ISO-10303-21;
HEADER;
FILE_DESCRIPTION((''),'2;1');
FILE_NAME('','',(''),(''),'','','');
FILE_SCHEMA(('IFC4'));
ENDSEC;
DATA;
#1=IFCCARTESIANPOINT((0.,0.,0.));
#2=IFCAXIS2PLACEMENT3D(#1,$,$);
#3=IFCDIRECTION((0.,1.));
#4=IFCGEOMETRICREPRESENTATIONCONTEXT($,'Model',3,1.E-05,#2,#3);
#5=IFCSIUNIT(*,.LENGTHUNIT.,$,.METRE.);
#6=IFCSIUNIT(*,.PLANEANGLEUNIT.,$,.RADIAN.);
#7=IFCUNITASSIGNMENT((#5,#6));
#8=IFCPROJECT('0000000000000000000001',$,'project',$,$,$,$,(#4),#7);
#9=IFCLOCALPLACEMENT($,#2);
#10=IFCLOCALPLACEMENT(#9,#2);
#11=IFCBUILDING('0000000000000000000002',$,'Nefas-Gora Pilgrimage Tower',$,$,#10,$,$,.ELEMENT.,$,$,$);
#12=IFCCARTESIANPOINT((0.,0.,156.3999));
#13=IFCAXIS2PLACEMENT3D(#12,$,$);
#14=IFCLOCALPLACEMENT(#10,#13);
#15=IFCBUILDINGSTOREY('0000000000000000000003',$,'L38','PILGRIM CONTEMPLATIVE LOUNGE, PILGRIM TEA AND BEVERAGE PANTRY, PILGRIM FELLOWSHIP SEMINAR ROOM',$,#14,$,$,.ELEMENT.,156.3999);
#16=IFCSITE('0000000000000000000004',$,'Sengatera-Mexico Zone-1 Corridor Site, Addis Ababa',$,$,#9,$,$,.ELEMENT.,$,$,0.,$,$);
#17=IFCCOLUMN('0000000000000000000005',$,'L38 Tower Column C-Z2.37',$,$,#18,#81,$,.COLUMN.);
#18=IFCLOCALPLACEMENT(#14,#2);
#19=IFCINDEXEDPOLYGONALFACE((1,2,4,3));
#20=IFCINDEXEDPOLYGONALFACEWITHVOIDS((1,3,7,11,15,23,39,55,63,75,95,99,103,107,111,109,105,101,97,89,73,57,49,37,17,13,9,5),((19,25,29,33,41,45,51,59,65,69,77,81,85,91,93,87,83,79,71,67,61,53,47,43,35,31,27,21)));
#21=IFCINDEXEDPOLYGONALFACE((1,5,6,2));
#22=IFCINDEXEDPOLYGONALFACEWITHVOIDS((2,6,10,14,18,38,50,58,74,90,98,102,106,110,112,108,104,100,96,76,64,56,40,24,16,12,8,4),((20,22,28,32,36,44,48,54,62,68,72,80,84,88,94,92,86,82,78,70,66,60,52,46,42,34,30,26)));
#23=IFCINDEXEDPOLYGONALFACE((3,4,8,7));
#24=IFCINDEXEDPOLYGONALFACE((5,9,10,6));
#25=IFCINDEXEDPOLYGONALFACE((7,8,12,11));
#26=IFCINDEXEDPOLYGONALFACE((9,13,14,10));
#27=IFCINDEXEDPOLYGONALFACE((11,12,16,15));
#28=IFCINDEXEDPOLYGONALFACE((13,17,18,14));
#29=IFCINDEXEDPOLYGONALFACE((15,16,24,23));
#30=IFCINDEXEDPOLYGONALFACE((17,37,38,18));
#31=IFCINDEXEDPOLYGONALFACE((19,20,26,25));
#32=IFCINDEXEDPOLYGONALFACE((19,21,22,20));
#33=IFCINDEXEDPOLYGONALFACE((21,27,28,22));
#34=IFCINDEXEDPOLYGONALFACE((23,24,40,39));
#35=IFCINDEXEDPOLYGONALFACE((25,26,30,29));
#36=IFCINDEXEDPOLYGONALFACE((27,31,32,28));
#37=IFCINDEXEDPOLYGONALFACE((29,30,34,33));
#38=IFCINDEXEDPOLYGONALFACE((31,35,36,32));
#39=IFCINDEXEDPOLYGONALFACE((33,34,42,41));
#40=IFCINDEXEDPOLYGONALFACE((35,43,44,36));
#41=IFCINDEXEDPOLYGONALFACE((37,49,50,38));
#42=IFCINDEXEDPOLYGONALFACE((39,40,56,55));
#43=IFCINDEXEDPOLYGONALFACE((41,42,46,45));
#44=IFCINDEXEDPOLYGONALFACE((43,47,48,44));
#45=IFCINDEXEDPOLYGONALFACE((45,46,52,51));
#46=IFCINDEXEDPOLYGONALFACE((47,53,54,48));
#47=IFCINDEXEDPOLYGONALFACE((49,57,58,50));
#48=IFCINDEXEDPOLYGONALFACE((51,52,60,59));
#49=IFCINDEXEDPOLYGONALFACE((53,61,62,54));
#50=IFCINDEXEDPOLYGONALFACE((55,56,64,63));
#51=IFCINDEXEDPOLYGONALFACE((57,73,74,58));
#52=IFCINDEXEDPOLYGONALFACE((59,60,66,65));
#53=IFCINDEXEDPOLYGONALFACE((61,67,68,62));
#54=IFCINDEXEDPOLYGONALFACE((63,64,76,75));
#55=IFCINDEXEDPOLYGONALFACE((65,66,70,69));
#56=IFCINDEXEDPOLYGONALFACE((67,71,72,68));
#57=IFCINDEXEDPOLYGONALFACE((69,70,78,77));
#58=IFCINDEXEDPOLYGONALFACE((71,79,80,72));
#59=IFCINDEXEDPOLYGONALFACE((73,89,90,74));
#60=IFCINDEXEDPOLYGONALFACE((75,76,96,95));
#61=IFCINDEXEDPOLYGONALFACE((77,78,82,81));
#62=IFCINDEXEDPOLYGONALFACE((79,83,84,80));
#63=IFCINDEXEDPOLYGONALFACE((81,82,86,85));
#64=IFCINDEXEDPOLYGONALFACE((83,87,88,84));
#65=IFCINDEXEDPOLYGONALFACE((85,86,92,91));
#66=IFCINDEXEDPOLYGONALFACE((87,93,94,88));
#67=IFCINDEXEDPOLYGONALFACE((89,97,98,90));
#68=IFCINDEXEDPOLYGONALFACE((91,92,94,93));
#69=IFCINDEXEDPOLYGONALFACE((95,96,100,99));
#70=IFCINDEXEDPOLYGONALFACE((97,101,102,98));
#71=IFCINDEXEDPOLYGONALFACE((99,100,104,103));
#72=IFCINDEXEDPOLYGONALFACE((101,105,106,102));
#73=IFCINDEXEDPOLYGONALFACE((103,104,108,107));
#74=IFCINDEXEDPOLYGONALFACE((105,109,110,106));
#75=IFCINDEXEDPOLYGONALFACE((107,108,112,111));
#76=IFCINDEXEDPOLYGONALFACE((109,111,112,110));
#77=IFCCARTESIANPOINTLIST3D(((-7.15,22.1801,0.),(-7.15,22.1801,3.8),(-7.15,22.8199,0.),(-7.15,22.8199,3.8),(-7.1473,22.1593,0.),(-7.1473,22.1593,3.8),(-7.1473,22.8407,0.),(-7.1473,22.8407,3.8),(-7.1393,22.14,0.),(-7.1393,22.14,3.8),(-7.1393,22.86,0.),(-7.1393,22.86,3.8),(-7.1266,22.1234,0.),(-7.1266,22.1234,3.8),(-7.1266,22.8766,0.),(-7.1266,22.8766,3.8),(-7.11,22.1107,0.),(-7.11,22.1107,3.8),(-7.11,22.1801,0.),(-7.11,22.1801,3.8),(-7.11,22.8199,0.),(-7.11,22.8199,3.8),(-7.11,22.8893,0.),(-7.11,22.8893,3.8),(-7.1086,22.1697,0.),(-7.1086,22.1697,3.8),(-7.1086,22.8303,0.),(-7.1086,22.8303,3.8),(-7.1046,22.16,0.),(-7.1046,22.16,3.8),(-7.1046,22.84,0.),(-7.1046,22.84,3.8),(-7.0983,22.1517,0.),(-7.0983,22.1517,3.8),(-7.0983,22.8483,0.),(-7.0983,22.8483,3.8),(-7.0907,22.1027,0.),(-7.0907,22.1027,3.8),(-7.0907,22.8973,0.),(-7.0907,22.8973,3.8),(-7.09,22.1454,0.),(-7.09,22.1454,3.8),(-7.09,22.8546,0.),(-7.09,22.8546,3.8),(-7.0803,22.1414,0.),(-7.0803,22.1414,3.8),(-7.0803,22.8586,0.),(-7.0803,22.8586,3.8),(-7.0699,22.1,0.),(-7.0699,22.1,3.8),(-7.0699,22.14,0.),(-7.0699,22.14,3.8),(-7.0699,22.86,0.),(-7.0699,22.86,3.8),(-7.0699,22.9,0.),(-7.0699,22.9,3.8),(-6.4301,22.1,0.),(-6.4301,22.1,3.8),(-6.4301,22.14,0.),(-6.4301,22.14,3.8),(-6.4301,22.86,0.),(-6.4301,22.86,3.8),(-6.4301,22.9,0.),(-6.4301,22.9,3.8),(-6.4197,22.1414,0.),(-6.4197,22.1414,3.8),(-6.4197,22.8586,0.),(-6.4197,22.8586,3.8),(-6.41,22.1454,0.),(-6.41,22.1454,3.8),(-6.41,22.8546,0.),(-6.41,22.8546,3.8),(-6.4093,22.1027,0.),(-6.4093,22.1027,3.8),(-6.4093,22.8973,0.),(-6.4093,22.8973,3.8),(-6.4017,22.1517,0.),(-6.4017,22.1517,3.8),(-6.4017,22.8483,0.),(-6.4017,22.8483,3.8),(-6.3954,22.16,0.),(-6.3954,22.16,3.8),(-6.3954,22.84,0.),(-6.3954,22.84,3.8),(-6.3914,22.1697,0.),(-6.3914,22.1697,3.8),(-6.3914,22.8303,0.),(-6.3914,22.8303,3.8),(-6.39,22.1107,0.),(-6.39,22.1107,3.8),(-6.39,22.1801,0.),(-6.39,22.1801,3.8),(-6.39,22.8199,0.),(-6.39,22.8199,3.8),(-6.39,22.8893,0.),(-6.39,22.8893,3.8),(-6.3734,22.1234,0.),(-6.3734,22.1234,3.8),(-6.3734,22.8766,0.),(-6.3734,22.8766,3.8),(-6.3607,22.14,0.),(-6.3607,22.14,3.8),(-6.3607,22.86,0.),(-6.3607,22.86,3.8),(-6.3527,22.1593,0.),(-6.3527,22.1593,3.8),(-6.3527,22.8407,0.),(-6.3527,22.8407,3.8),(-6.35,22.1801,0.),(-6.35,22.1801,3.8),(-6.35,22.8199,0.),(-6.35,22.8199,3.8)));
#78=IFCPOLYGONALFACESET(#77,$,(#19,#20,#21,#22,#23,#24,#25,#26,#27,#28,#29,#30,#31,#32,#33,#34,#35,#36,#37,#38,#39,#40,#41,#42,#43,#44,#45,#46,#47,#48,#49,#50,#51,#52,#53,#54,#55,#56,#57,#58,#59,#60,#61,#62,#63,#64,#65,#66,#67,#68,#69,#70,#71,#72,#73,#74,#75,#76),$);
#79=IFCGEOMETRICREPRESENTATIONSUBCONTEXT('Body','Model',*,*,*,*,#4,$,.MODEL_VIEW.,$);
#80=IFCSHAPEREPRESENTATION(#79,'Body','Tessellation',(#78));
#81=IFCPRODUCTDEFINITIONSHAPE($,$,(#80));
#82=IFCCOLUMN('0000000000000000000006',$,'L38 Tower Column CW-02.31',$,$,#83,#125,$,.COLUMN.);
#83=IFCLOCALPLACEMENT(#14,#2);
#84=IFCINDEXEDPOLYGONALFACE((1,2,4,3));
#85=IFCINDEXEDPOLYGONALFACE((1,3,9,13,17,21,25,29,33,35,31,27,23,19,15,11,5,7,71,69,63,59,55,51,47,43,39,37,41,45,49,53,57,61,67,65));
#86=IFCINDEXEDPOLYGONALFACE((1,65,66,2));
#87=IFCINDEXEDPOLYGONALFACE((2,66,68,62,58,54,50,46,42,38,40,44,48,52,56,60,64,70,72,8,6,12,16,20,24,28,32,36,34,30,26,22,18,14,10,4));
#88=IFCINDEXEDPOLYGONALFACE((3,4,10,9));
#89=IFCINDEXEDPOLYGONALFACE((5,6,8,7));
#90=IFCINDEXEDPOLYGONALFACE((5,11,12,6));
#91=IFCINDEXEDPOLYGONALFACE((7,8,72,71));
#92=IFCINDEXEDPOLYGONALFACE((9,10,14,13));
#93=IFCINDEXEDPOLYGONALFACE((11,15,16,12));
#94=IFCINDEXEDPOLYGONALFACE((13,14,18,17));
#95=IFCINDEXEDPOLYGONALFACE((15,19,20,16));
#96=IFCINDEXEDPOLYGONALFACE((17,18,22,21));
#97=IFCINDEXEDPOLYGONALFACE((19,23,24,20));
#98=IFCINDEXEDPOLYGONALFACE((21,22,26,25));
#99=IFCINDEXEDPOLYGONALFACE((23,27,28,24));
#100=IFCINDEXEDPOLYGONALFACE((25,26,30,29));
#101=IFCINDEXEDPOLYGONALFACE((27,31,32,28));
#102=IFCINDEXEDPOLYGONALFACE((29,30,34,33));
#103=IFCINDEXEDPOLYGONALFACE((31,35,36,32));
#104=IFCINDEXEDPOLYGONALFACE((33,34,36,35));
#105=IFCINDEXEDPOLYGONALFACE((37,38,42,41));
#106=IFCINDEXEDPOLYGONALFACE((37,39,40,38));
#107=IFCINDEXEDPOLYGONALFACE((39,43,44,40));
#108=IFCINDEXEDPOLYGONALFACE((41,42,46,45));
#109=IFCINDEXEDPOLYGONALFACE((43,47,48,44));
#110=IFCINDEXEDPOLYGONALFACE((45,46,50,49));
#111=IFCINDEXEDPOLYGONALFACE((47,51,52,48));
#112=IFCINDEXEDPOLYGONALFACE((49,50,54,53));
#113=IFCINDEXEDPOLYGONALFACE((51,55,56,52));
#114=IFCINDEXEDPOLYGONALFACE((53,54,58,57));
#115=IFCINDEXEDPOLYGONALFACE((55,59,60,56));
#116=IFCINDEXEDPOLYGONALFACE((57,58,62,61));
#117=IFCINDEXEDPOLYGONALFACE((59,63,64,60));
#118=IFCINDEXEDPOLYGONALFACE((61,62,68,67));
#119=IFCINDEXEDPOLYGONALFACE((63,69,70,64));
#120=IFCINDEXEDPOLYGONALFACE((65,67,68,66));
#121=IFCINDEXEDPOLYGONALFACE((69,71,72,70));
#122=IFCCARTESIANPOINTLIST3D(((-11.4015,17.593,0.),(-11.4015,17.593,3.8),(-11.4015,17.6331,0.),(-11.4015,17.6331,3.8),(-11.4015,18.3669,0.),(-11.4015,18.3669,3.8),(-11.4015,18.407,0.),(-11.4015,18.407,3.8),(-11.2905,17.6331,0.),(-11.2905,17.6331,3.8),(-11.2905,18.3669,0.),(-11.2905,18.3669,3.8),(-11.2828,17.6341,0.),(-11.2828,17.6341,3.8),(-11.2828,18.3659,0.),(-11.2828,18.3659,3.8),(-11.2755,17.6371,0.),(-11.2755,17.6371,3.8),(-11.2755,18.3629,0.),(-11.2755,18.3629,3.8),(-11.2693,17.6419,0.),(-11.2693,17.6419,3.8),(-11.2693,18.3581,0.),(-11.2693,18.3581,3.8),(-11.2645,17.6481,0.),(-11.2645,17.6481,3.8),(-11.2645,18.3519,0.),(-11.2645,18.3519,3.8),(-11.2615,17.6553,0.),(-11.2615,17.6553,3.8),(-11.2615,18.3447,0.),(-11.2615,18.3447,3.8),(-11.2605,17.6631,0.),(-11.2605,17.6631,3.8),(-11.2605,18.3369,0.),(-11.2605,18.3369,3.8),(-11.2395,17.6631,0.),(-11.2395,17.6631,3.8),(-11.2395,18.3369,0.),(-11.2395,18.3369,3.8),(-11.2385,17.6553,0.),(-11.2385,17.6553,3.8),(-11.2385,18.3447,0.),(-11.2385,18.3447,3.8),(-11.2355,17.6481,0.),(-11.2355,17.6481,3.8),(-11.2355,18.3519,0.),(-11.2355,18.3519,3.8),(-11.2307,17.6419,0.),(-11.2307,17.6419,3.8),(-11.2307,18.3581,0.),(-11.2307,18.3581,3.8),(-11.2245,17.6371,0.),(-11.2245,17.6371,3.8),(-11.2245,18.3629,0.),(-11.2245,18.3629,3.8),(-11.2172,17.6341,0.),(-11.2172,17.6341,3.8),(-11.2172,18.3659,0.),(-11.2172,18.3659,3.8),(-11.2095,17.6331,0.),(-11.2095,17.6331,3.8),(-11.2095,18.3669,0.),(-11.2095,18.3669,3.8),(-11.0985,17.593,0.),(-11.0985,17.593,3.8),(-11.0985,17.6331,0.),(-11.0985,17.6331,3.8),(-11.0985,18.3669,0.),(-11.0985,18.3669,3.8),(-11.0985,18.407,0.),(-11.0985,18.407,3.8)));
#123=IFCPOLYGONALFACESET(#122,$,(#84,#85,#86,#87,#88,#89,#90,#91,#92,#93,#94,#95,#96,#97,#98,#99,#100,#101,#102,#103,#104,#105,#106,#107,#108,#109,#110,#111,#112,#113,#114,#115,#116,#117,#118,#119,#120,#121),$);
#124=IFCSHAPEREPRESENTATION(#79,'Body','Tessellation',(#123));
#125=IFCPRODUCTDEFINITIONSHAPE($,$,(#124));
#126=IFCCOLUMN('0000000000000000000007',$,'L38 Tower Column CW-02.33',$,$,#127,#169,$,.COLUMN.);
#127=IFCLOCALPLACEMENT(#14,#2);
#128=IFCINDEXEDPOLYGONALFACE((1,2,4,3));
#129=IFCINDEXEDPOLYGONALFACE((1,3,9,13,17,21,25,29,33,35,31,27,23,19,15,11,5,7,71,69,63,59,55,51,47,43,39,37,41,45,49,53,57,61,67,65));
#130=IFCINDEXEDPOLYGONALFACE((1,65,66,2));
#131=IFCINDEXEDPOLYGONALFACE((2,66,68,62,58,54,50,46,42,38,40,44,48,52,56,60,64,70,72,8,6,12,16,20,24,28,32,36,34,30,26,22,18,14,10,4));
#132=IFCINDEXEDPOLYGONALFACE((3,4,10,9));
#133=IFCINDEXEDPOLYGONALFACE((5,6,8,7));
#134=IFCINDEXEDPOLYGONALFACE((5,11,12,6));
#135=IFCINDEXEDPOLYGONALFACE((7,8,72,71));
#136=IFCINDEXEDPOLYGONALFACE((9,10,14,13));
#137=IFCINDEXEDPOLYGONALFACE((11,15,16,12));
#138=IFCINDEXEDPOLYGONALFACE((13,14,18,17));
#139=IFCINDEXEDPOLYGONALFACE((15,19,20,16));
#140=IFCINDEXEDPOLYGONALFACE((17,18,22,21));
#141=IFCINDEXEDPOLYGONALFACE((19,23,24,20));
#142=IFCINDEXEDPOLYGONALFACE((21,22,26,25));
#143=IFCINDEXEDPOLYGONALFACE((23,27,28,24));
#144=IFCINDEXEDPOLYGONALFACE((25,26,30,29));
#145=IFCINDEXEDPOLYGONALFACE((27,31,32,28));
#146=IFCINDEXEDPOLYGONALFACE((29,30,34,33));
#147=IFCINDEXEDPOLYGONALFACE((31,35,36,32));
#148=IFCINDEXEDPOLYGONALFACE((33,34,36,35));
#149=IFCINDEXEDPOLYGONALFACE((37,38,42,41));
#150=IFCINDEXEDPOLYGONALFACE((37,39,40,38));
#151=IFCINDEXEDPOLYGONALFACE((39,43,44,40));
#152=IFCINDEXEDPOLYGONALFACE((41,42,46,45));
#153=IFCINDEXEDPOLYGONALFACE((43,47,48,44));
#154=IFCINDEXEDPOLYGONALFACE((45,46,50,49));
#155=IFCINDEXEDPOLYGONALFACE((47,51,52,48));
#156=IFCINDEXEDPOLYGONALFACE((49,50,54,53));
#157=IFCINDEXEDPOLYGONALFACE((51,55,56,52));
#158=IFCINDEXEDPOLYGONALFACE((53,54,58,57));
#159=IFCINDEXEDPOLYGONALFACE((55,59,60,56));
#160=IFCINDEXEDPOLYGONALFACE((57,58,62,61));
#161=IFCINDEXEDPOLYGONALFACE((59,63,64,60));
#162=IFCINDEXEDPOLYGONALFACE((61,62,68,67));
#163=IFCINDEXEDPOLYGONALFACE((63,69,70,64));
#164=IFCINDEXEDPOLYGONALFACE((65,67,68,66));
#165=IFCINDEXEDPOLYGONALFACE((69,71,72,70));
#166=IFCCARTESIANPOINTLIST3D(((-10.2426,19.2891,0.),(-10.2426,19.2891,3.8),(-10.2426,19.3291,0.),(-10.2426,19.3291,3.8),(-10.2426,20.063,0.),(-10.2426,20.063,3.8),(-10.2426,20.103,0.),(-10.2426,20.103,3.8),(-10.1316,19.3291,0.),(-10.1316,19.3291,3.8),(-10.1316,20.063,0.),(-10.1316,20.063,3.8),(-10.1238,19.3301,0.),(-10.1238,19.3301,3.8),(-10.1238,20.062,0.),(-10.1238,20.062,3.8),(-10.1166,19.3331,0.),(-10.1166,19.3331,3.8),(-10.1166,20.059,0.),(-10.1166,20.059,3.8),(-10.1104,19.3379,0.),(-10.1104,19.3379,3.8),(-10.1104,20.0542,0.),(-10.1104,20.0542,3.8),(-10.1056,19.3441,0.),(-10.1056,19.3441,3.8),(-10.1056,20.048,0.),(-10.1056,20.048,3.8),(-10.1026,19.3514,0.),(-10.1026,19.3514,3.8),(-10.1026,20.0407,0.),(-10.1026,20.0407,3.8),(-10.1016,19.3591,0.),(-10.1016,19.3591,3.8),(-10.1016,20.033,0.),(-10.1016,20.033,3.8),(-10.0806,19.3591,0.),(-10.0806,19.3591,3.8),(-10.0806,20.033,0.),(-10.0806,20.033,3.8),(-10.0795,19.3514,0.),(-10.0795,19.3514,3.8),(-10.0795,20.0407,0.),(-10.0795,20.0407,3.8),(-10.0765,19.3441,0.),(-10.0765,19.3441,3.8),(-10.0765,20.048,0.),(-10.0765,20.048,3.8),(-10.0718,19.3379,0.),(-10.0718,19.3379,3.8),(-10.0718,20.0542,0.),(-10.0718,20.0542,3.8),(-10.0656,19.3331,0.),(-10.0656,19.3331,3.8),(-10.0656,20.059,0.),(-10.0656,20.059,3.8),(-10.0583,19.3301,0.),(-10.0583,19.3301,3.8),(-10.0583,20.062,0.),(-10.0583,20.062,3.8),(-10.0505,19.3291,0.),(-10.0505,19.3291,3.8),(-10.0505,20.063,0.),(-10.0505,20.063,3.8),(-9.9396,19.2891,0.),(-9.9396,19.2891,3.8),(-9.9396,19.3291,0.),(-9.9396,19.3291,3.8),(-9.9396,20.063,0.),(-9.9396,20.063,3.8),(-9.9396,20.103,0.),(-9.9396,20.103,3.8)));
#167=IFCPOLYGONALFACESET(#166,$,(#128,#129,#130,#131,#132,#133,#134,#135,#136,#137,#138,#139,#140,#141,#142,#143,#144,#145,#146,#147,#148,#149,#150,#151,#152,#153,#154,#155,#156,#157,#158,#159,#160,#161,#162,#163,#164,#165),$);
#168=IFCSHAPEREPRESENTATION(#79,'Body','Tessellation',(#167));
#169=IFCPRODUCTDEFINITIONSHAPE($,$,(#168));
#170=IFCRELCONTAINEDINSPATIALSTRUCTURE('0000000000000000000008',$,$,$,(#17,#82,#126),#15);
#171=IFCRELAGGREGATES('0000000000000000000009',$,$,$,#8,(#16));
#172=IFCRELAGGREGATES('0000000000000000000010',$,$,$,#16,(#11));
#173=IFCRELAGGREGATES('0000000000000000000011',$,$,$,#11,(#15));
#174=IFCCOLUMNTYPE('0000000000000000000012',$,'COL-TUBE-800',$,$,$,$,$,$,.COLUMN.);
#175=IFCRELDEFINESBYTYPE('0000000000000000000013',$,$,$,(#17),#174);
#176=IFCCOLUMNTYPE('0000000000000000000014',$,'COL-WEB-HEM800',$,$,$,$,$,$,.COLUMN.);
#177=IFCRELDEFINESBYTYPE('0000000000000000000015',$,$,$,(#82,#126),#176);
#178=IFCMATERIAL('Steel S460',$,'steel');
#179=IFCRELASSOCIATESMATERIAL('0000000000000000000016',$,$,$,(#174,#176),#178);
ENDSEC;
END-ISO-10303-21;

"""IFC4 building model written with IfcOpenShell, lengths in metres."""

from ifc_helpers import new_model, si_unit, direction, frame, origin, origin_2d, place, context, subcontext, project, spatial, hollow_rectangle, i_section, extrude, source, transform, mapped, material, material_profile, profile_set, type_object, element, save


model = new_model("IFC4")

# Units and contexts
model_context = context("Model", 3, precision=1e-05, world=origin(), true_north=direction((0.0, 1.0)))
body_context = subcontext(model_context, "Body", "Model", "MODEL_VIEW")
ifc_project = project(units=[si_unit("LENGTHUNIT", "METRE"), si_unit("PLANEANGLEUNIT", "RADIAN")], contexts=[model_context])

# Site, building, storey
site_placement = place(None, origin())
site = spatial("IfcSite", under=ifc_project, at=site_placement, Name="Sengatera-Mexico Zone-1 Corridor Site, Addis Ababa", CompositionType="ELEMENT", RefElevation=0.0)
building_placement = place(site_placement, origin())
building = spatial("IfcBuilding", under=site, at=building_placement, Name="Nefas-Gora Pilgrimage Tower", CompositionType="ELEMENT")
storey_placement = place(building_placement, frame((0.0, 0.0, 156.3999)))
storey = spatial("IfcBuildingStorey", under=building, at=storey_placement, Name="L38", Description="PILGRIM CONTEMPLATIVE LOUNGE, PILGRIM TEA AND BEVERAGE PANTRY, PILGRIM FELLOWSHIP SEMINAR ROOM", CompositionType="ELEMENT", Elevation=156.3999)

# Columns
ifc_material_1 = material(Name="Steel S460", Category="steel")
ifc_material_profile_1 = material_profile(ifc_material_1, hollow_rectangle(XDim=0.8, YDim=0.8, WallThickness=0.04, InnerFilletRadius=0.04, OuterFilletRadius=0.0801, at=origin_2d()), Name="BOX 800x800x40")
ifc_profile_set_1 = profile_set([ifc_material_profile_1], Name="Steel S460")
column_type_1 = type_object("IfcColumnType", Name="COL-TUBE-800", PredefinedType="COLUMN", material=ifc_profile_set_1)
shared_shape_1 = source(origin(), body_context, "Body", "SweptSolid", [
    extrude(hollow_rectangle(XDim=0.8, YDim=0.8, WallThickness=0.04, InnerFilletRadius=0.04, OuterFilletRadius=0.0801, at=origin_2d()), origin(), (0.0, 0.0, 1.0), 3.8),
])
column_placement = place(storey_placement, frame((-6.75, 22.5, 0.0), z_axis=(0.0, 0.0, 1.0), x_axis=(1.0, 0.0, 0.0)))
element("IfcColumn", 1, at=column_placement, inside=storey, type_object=column_type_1, Name="L38 Tower Column C-Z2.37", PredefinedType="COLUMN", context=body_context, shape_type="MappedRepresentation", body=[
    mapped(shared_shape_1, transform((0.0, 0.0, 0.0), x_axis=(1.0, 0.0, 0.0), y_axis=(0.0, 1.0, 0.0), z_axis=(0.0, 0.0, 1.0), scale=1.0)),
])
ifc_material_profile_2 = material_profile(ifc_material_1, i_section(OverallWidth=0.303, OverallDepth=0.814, WebThickness=0.021, FlangeThickness=0.04, FilletRadius=0.03, at=origin_2d()), Name="HEM 800")
ifc_profile_set_2 = profile_set([ifc_material_profile_2], Name="Steel S460")
column_type_2 = type_object("IfcColumnType", Name="COL-WEB-HEM800", PredefinedType="COLUMN", material=ifc_profile_set_2)
shared_shape_2 = source(origin(), body_context, "Body", "SweptSolid", [
    extrude(i_section(OverallWidth=0.303, OverallDepth=0.814, WebThickness=0.021, FlangeThickness=0.04, FilletRadius=0.03, at=origin_2d()), origin(), (0.0, 0.0, 1.0), 3.8),
])
for number, where, z_axis, x_axis, name in (
    (2, (-11.25, 18.0, 0.0), (0.0, 0.0, 1.0), (1.0, 0.0, 0.0), "L38 Tower Column CW-02.31"),
    (3, (-10.0911, 19.696, 0.0), (0.0, 0.0, 1.0), (1.0, 0.0, 0.0), "L38 Tower Column CW-02.33"),
):
    element("IfcColumn", number, at=place(storey_placement, frame(where, z_axis=z_axis, x_axis=x_axis)), inside=storey, type_object=column_type_2, Name=name, PredefinedType="COLUMN", context=body_context, shape_type="MappedRepresentation", body=[
        mapped(shared_shape_2, transform((0.0, 0.0, 0.0), x_axis=(1.0, 0.0, 0.0), y_axis=(0.0, 1.0, 0.0), z_axis=(0.0, 0.0, 1.0), scale=1.0)),
    ])

save(model, "model.ifc")
